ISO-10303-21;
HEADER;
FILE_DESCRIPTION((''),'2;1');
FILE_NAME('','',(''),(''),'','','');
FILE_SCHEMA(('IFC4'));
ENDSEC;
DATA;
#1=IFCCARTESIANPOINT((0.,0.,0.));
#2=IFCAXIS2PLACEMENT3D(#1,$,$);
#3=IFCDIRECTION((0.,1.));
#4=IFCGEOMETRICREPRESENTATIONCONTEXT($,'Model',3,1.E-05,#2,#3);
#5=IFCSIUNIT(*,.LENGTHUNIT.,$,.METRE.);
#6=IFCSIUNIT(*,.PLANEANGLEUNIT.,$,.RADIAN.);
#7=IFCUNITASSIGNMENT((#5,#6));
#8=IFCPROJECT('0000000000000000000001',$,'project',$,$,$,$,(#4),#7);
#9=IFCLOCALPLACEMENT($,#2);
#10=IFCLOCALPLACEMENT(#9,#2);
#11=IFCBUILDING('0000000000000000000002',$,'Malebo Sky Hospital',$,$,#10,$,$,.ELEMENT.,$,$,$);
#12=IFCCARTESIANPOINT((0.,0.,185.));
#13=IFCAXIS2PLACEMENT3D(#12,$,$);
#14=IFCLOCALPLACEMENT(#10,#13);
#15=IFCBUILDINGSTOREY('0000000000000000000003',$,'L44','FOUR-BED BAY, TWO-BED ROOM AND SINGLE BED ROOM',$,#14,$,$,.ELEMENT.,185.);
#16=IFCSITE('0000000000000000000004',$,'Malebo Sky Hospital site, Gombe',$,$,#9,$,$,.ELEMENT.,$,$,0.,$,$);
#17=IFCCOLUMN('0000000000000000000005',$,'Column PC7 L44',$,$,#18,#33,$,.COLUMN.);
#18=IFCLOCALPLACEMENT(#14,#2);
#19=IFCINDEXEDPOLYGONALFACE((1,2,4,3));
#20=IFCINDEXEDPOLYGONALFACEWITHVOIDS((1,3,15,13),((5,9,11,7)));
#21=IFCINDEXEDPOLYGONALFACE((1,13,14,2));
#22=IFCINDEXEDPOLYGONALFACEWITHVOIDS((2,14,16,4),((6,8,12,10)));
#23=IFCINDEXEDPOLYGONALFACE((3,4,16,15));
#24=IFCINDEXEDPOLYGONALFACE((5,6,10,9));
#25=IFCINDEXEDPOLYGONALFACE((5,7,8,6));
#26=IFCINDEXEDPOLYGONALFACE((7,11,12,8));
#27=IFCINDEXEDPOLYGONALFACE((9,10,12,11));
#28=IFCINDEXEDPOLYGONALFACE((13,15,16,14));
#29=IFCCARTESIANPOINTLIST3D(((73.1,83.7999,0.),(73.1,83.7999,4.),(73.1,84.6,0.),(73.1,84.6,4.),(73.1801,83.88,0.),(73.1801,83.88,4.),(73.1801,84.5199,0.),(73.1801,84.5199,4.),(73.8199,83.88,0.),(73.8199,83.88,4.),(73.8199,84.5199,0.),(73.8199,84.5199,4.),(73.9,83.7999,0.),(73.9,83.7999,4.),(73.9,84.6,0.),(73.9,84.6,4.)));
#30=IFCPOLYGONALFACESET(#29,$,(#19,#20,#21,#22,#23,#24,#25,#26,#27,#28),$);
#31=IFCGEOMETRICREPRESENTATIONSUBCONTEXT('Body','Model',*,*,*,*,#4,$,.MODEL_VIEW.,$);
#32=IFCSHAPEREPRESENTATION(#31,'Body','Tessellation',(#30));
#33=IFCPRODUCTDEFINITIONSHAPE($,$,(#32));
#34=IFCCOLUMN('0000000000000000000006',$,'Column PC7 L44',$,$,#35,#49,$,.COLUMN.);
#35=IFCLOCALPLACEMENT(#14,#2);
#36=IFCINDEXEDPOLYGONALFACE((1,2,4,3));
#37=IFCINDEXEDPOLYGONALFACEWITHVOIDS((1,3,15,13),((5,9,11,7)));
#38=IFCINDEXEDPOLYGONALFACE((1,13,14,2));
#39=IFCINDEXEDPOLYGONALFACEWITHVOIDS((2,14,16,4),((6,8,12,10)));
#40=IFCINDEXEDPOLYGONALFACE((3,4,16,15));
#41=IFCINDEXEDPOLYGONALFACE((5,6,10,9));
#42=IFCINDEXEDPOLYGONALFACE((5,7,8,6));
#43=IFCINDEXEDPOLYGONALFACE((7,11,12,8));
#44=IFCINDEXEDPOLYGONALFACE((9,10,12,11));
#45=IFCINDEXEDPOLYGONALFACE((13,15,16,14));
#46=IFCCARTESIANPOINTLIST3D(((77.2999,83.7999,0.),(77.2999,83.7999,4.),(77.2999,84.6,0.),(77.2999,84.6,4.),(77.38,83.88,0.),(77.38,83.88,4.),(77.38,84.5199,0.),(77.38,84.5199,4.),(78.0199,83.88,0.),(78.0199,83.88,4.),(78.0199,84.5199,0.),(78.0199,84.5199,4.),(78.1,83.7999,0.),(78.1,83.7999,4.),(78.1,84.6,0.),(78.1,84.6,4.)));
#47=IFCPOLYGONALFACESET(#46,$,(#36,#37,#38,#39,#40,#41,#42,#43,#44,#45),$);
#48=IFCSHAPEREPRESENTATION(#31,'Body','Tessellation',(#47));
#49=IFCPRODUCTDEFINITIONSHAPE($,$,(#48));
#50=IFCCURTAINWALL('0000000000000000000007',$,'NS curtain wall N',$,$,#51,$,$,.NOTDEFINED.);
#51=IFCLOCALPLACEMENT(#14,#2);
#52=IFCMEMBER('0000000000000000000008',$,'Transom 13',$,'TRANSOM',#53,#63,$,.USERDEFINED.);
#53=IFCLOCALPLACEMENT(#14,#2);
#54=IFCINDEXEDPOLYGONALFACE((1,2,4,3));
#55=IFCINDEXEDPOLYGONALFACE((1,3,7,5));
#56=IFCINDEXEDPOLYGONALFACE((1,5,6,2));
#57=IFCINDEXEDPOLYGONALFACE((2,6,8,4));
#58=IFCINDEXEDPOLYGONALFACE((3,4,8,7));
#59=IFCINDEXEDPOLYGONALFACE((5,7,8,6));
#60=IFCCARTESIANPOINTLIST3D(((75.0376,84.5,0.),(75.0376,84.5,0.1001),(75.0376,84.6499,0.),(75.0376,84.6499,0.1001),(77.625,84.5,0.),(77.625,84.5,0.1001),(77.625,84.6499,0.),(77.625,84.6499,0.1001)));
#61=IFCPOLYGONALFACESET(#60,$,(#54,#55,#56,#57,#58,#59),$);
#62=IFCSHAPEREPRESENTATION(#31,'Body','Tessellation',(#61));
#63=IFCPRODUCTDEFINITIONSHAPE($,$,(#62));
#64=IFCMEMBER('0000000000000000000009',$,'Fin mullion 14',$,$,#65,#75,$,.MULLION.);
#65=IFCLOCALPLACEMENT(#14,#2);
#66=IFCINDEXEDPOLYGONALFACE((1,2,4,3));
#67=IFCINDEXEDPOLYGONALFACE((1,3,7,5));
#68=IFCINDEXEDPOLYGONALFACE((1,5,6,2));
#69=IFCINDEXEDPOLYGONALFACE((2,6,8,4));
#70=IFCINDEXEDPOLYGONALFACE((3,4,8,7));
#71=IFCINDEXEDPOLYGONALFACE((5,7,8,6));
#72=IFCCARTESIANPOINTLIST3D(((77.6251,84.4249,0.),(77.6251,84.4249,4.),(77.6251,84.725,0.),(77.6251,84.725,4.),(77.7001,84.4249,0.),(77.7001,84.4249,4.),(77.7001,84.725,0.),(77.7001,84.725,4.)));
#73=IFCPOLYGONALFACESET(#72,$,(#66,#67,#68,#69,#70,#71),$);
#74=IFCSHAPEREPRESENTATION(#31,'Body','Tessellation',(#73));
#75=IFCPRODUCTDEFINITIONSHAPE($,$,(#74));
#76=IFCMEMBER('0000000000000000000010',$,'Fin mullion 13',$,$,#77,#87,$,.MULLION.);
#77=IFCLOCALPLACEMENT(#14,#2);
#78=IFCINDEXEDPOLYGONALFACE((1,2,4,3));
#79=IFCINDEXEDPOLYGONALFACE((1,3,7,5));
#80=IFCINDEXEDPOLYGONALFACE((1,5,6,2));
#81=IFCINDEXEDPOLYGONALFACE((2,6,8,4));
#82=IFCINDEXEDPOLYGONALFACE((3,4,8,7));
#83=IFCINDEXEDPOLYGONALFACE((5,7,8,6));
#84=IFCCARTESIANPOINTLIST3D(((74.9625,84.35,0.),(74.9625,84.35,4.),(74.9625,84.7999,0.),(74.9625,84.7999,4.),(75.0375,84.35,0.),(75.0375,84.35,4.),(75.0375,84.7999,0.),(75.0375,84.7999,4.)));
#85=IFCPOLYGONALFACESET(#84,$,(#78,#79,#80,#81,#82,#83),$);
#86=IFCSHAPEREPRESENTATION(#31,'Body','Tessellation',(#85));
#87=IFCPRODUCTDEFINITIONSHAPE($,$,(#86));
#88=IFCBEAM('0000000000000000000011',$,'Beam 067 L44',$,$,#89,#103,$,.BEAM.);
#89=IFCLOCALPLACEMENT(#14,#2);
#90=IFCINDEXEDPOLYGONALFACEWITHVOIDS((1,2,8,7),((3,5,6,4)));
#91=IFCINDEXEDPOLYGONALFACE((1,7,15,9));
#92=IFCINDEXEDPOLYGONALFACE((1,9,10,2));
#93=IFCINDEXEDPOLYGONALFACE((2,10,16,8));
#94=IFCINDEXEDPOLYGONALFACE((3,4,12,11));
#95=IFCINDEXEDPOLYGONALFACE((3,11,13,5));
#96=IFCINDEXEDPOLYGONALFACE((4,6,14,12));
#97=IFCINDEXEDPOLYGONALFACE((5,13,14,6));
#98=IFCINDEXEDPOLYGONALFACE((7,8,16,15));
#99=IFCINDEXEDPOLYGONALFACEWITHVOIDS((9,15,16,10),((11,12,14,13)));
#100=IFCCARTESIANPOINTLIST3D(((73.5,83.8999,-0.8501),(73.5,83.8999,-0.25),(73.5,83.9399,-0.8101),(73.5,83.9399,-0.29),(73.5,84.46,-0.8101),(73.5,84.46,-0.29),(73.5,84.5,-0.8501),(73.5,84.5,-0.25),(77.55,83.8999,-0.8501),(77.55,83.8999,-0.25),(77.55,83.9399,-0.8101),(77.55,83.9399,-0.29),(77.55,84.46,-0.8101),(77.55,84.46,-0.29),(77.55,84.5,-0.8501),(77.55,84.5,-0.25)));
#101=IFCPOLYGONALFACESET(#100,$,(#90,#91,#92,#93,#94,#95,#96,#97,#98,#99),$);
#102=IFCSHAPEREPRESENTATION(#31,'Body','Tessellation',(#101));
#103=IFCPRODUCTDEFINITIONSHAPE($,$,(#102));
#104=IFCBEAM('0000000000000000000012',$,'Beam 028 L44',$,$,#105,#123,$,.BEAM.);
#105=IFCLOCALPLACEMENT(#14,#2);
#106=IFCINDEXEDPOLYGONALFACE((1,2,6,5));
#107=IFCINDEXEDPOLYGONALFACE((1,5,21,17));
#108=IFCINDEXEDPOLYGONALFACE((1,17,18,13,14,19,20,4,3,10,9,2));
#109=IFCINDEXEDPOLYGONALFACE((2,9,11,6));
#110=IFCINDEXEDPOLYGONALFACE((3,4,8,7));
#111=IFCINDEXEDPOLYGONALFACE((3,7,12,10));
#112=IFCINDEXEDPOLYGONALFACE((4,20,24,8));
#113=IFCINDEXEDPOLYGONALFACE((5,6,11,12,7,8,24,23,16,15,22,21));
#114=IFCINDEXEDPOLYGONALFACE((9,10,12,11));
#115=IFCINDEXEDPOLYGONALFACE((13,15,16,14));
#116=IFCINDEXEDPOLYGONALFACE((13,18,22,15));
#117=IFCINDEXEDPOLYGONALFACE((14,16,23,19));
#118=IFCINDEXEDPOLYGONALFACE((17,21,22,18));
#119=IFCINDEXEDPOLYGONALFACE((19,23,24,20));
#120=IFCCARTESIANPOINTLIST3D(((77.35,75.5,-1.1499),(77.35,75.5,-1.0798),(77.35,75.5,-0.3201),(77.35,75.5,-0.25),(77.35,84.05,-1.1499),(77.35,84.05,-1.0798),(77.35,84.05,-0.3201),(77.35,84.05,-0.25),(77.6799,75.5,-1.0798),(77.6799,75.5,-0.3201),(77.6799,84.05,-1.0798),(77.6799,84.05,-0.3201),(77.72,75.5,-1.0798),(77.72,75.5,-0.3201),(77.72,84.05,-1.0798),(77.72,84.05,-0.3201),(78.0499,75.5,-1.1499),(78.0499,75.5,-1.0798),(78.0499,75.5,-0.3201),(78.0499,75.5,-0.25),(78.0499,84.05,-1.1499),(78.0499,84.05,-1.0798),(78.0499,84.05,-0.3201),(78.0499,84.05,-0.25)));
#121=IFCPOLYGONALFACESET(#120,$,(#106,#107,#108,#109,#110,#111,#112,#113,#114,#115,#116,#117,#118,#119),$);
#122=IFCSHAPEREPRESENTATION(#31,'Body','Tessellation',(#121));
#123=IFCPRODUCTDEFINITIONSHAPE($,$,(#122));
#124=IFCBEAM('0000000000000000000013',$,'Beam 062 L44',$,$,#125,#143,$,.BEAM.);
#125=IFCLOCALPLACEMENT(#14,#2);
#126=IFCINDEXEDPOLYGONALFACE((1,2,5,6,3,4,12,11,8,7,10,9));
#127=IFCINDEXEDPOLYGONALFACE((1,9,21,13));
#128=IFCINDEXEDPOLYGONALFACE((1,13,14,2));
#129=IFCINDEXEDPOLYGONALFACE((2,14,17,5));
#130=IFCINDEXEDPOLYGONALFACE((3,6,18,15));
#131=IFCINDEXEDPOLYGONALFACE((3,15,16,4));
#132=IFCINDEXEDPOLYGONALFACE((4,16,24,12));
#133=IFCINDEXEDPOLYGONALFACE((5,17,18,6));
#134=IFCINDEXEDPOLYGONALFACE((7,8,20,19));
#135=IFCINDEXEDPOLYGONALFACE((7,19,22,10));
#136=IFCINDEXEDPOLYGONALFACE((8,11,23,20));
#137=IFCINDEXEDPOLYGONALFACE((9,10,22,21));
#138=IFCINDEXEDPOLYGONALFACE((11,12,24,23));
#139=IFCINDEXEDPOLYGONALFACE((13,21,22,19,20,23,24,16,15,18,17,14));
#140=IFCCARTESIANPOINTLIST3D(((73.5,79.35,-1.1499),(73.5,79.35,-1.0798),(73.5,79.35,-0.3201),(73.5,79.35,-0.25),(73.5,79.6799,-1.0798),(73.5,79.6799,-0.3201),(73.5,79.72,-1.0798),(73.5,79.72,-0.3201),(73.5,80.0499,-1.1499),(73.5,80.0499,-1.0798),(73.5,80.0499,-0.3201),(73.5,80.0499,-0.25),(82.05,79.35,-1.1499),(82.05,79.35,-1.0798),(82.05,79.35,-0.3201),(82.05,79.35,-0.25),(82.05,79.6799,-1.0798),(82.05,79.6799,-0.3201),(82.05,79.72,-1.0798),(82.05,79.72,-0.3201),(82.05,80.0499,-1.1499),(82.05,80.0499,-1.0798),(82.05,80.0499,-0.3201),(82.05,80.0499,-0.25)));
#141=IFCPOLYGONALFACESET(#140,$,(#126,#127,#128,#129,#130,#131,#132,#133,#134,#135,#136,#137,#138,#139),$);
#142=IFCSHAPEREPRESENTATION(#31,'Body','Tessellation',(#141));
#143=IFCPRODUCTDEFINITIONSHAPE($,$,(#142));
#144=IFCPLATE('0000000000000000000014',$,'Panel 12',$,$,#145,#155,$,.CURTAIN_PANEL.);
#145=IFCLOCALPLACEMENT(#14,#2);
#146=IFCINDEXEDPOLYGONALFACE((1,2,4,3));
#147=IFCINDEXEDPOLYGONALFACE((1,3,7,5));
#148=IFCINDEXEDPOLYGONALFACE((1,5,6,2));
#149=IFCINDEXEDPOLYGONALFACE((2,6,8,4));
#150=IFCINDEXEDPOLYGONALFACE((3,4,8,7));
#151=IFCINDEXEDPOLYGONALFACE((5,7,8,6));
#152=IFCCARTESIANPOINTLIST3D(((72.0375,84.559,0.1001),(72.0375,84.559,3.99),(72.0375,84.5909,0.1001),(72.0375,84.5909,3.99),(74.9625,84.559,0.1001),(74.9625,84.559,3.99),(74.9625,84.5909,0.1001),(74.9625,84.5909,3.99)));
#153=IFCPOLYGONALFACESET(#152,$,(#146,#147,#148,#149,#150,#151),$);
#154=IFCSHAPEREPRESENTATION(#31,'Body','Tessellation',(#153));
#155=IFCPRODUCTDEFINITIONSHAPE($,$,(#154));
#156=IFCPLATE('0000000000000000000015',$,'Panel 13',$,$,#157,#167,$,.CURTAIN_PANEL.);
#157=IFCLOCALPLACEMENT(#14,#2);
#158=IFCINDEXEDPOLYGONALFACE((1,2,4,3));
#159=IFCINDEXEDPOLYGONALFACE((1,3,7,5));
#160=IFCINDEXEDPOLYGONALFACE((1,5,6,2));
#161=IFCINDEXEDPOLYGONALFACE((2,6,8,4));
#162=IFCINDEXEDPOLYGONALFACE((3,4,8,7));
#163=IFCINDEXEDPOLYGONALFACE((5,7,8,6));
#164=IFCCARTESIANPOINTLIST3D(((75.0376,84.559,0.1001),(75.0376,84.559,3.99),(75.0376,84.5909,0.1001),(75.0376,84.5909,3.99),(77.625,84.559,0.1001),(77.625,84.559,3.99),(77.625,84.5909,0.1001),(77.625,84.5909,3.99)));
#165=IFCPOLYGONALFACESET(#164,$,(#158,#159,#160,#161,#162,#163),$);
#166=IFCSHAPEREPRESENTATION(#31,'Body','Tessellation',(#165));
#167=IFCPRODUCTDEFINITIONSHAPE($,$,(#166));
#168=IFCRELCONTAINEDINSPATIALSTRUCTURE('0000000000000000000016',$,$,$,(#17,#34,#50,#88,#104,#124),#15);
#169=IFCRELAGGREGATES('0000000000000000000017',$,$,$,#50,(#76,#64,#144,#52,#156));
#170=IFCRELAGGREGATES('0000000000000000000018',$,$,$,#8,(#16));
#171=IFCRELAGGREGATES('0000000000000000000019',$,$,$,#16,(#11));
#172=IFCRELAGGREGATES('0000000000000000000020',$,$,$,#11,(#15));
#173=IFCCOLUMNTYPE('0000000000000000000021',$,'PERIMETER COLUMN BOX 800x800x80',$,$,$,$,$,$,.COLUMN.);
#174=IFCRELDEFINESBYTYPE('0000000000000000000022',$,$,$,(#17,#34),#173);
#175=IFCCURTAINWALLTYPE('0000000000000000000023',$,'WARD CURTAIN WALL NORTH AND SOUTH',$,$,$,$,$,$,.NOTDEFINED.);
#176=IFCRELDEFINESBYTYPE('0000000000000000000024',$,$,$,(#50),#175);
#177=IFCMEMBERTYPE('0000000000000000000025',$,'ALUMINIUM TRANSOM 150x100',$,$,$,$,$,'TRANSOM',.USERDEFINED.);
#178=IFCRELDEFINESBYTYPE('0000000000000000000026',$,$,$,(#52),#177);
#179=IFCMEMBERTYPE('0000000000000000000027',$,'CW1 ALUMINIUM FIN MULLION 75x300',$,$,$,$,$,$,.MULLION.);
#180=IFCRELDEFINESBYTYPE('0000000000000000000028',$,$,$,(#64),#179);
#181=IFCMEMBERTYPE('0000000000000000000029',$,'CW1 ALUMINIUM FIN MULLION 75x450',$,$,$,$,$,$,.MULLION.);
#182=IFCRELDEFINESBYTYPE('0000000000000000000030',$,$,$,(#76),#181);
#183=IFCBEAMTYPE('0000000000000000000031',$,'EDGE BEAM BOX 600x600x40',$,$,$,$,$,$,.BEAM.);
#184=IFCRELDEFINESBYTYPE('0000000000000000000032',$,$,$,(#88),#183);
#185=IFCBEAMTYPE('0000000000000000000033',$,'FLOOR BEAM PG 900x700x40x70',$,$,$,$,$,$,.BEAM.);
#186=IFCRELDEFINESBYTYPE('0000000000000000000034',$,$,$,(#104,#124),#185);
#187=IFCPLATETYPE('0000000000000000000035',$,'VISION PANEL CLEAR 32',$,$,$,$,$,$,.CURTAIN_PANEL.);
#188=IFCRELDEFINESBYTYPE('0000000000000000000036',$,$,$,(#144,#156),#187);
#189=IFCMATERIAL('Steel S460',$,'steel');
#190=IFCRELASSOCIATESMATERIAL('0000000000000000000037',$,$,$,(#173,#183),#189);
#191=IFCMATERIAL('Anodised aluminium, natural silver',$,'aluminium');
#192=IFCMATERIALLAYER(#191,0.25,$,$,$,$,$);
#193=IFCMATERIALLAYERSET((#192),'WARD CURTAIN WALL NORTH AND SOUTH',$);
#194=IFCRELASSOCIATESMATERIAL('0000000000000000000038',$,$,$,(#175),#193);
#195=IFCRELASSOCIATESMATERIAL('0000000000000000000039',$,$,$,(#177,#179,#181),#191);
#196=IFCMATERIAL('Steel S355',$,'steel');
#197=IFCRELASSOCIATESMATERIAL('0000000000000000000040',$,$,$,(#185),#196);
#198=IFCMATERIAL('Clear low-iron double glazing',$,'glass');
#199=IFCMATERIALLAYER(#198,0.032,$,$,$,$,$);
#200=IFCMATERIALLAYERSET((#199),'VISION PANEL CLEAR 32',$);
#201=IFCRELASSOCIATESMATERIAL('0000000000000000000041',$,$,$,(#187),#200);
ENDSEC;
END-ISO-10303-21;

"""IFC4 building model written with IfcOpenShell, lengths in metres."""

from ifc_helpers import new_model, si_unit, direction, frame, origin, origin_2d, place, context, subcontext, project, spatial, rectangle, hollow_rectangle, i_section, extrude, material, layer, layer_set, material_profile, profile_set, type_object, element, aggregate, save


model = new_model("IFC4")

# Units and contexts
model_context = context("Model", 3, precision=1e-05, world=origin(), true_north=direction((0.0, 1.0)))
body_context = subcontext(model_context, "Body", "Model", "MODEL_VIEW")
ifc_project = project(units=[si_unit("LENGTHUNIT", "METRE"), si_unit("PLANEANGLEUNIT", "RADIAN")], contexts=[model_context])

# Site, building, storey
site_placement = place(None, origin())
site = spatial("IfcSite", under=ifc_project, at=site_placement, Name="Malebo Sky Hospital site, Gombe", CompositionType="ELEMENT", RefElevation=0.0)
building_placement = place(site_placement, origin())
building = spatial("IfcBuilding", under=site, at=building_placement, Name="Malebo Sky Hospital", CompositionType="ELEMENT")
storey_placement = place(building_placement, frame((0.0, 0.0, 185.0)))
storey = spatial("IfcBuildingStorey", under=building, at=storey_placement, Name="L44", Description="FOUR-BED BAY, TWO-BED ROOM AND SINGLE BED ROOM", CompositionType="ELEMENT", Elevation=185.0)

# Columns
ifc_material_1 = material(Name="Steel S460", Category="steel")
ifc_material_profile_1 = material_profile(ifc_material_1, hollow_rectangle(XDim=0.8, YDim=0.8, WallThickness=0.0801, at=origin_2d()), Name="BOX 800x800x80")
ifc_profile_set_1 = profile_set([ifc_material_profile_1], Name="Steel S460")
column_type = type_object("IfcColumnType", Name="PERIMETER COLUMN BOX 800x800x80", PredefinedType="COLUMN", material=ifc_profile_set_1)
for number, where, z_axis, x_axis, name in (
    (1, (73.5, 84.2, 0.0), (0.0, 0.0, 1.0), (1.0, 0.0, 0.0), "Column PC7 L44"),
    (2, (77.7, 84.2, 0.0), (0.0, 0.0, 1.0), (1.0, 0.0, 0.0), "Column PC7 L44"),
):
    element("IfcColumn", number, at=place(storey_placement, frame(where, z_axis=z_axis, x_axis=x_axis)), inside=storey, type_object=column_type, Name=name, PredefinedType="COLUMN", context=body_context, shape_type="SweptSolid", body=[
        extrude(hollow_rectangle(XDim=0.8, YDim=0.8, WallThickness=0.0801, at=origin_2d()), origin(), (0.0, 0.0, 1.0), 4.0),
    ])

# Curtain wall, members
ifc_material_2 = material(Name="Anodised aluminium, natural silver", Category="aluminium")
ifc_layer_1 = layer(ifc_material_2, 0.25)
ifc_layer_set_1 = layer_set([ifc_layer_1], Name="WARD CURTAIN WALL NORTH AND SOUTH")
curtain_wall_type = type_object("IfcCurtainWallType", Name="WARD CURTAIN WALL NORTH AND SOUTH", PredefinedType="NOTDEFINED", material=ifc_layer_set_1)
curtain_wall_placement = place(storey_placement, origin())
curtain_wall = element("IfcCurtainWall", 3, at=curtain_wall_placement, inside=storey, type_object=curtain_wall_type, Name="NS curtain wall N", PredefinedType="NOTDEFINED")
ifc_material_profile_2 = material_profile(ifc_material_2, rectangle(XDim=0.1499, YDim=0.1001, at=origin_2d()), Name="ALUMINIUM TRANSOM 150x100")
ifc_profile_set_2 = profile_set([ifc_material_profile_2], Name="Anodised aluminium, natural silver")
member_type_1 = type_object("IfcMemberType", Name="ALUMINIUM TRANSOM 150x100", ElementType="TRANSOM", PredefinedType="USERDEFINED", material=ifc_profile_set_2)
member_1_placement = place(storey_placement, frame((75.0376, 84.575, 0.05), z_axis=(1.0, 0.0, 0.0), x_axis=(0.0, 1.0, 0.0)))
member_1 = element("IfcMember", 4, at=member_1_placement, type_object=member_type_1, Name="Transom 13", ObjectType="TRANSOM", PredefinedType="USERDEFINED", context=body_context, shape_type="SweptSolid", body=[
    extrude(rectangle(XDim=0.1499, YDim=0.1001, at=origin_2d()), origin(), (0.0, 0.0, 1.0), 2.5874),
])
ifc_material_profile_3 = material_profile(ifc_material_2, rectangle(XDim=0.075, YDim=0.3, at=origin_2d()), Name="CW1 ALUMINIUM FIN MULLION 75x300")
ifc_profile_set_3 = profile_set([ifc_material_profile_3], Name="Anodised aluminium, natural silver")
member_type_2 = type_object("IfcMemberType", Name="CW1 ALUMINIUM FIN MULLION 75x300", PredefinedType="MULLION", material=ifc_profile_set_3)
member_2_placement = place(storey_placement, frame((77.6626, 84.575, 0.0), z_axis=(0.0, 0.0, 1.0), x_axis=(1.0, 0.0, 0.0)))
member_2 = element("IfcMember", 5, at=member_2_placement, type_object=member_type_2, Name="Fin mullion 14", PredefinedType="MULLION", context=body_context, shape_type="SweptSolid", body=[
    extrude(rectangle(XDim=0.075, YDim=0.3, at=origin_2d()), origin(), (0.0, 0.0, 1.0), 4.0),
])
ifc_material_profile_4 = material_profile(ifc_material_2, rectangle(XDim=0.075, YDim=0.45, at=origin_2d()), Name="CW1 ALUMINIUM FIN MULLION 75x450")
ifc_profile_set_4 = profile_set([ifc_material_profile_4], Name="Anodised aluminium, natural silver")
member_type_3 = type_object("IfcMemberType", Name="CW1 ALUMINIUM FIN MULLION 75x450", PredefinedType="MULLION", material=ifc_profile_set_4)
member_3_placement = place(storey_placement, frame((75.0, 84.575, 0.0), z_axis=(0.0, 0.0, 1.0), x_axis=(1.0, 0.0, 0.0)))
member_3 = element("IfcMember", 6, at=member_3_placement, type_object=member_type_3, Name="Fin mullion 13", PredefinedType="MULLION", context=body_context, shape_type="SweptSolid", body=[
    extrude(rectangle(XDim=0.075, YDim=0.45, at=origin_2d()), origin(), (0.0, 0.0, 1.0), 4.0),
])

# Beams
ifc_material_profile_5 = material_profile(ifc_material_1, hollow_rectangle(XDim=0.6001, YDim=0.6001, WallThickness=0.04, at=origin_2d()), Name="BOX 600x600x40")
ifc_profile_set_5 = profile_set([ifc_material_profile_5], Name="Steel S460")
beam_type_1 = type_object("IfcBeamType", Name="EDGE BEAM BOX 600x600x40", PredefinedType="BEAM", material=ifc_profile_set_5)
beam_placement = place(storey_placement, frame((73.5, 84.2, -0.55), z_axis=(1.0, 0.0, 0.0), x_axis=(0.0, 1.0, 0.0)))
element("IfcBeam", 7, at=beam_placement, inside=storey, type_object=beam_type_1, Name="Beam 067 L44", PredefinedType="BEAM", context=body_context, shape_type="SweptSolid", body=[
    extrude(hollow_rectangle(XDim=0.6001, YDim=0.6001, WallThickness=0.04, at=origin_2d()), origin(), (0.0, 0.0, 1.0), 4.05),
])
ifc_material_3 = material(Name="Steel S355", Category="steel")
ifc_material_profile_6 = material_profile(ifc_material_3, i_section(OverallWidth=0.7, OverallDepth=0.8999, WebThickness=0.04, FlangeThickness=0.0701, at=origin_2d()), Name="PG 900x700x40x70")
ifc_profile_set_6 = profile_set([ifc_material_profile_6], Name="Steel S355")
beam_type_2 = type_object("IfcBeamType", Name="FLOOR BEAM PG 900x700x40x70", PredefinedType="BEAM", material=ifc_profile_set_6)
for number, where, z_axis, x_axis, name in (
    (8, (77.7, 75.5, -0.7), (0.0, 1.0, 0.0), (-1.0, 0.0, 0.0), "Beam 028 L44"),
    (9, (73.5, 79.7, -0.7), (1.0, 0.0, 0.0), (0.0, 1.0, 0.0), "Beam 062 L44"),
):
    element("IfcBeam", number, at=place(storey_placement, frame(where, z_axis=z_axis, x_axis=x_axis)), inside=storey, type_object=beam_type_2, Name=name, PredefinedType="BEAM", context=body_context, shape_type="SweptSolid", body=[
        extrude(i_section(OverallWidth=0.7, OverallDepth=0.8999, WebThickness=0.04, FlangeThickness=0.0701, at=origin_2d()), origin(), (0.0, 0.0, 1.0), 8.55),
    ])

# Plates
ifc_material_4 = material(Name="Clear low-iron double glazing", Category="glass")
ifc_layer_2 = layer(ifc_material_4, 0.032)
ifc_layer_set_2 = layer_set([ifc_layer_2], Name="VISION PANEL CLEAR 32")
plate_type = type_object("IfcPlateType", Name="VISION PANEL CLEAR 32", PredefinedType="CURTAIN_PANEL", material=ifc_layer_set_2)
plate_1_placement = place(storey_placement, frame((73.5, 84.575, 0.1001), z_axis=(0.0, 0.0, 1.0), x_axis=(1.0, 0.0, 0.0)))
plate_1 = element("IfcPlate", 10, at=plate_1_placement, type_object=plate_type, Name="Panel 12", PredefinedType="CURTAIN_PANEL", context=body_context, shape_type="SweptSolid", body=[
    extrude(rectangle(XDim=2.925, YDim=0.032, at=origin_2d()), origin(), (0.0, 0.0, 1.0), 3.8899),
])
plate_2_placement = place(storey_placement, frame((76.3313, 84.575, 0.1001), z_axis=(0.0, 0.0, 1.0), x_axis=(1.0, 0.0, 0.0)))
plate_2 = element("IfcPlate", 11, at=plate_2_placement, type_object=plate_type, Name="Panel 13", PredefinedType="CURTAIN_PANEL", context=body_context, shape_type="SweptSolid", body=[
    extrude(rectangle(XDim=2.5874, YDim=0.032, at=origin_2d()), origin(), (0.0, 0.0, 1.0), 3.8899),
])
aggregate(curtain_wall, [member_3, member_2, plate_1, member_1, plate_2])

save(model, "model.ifc")
